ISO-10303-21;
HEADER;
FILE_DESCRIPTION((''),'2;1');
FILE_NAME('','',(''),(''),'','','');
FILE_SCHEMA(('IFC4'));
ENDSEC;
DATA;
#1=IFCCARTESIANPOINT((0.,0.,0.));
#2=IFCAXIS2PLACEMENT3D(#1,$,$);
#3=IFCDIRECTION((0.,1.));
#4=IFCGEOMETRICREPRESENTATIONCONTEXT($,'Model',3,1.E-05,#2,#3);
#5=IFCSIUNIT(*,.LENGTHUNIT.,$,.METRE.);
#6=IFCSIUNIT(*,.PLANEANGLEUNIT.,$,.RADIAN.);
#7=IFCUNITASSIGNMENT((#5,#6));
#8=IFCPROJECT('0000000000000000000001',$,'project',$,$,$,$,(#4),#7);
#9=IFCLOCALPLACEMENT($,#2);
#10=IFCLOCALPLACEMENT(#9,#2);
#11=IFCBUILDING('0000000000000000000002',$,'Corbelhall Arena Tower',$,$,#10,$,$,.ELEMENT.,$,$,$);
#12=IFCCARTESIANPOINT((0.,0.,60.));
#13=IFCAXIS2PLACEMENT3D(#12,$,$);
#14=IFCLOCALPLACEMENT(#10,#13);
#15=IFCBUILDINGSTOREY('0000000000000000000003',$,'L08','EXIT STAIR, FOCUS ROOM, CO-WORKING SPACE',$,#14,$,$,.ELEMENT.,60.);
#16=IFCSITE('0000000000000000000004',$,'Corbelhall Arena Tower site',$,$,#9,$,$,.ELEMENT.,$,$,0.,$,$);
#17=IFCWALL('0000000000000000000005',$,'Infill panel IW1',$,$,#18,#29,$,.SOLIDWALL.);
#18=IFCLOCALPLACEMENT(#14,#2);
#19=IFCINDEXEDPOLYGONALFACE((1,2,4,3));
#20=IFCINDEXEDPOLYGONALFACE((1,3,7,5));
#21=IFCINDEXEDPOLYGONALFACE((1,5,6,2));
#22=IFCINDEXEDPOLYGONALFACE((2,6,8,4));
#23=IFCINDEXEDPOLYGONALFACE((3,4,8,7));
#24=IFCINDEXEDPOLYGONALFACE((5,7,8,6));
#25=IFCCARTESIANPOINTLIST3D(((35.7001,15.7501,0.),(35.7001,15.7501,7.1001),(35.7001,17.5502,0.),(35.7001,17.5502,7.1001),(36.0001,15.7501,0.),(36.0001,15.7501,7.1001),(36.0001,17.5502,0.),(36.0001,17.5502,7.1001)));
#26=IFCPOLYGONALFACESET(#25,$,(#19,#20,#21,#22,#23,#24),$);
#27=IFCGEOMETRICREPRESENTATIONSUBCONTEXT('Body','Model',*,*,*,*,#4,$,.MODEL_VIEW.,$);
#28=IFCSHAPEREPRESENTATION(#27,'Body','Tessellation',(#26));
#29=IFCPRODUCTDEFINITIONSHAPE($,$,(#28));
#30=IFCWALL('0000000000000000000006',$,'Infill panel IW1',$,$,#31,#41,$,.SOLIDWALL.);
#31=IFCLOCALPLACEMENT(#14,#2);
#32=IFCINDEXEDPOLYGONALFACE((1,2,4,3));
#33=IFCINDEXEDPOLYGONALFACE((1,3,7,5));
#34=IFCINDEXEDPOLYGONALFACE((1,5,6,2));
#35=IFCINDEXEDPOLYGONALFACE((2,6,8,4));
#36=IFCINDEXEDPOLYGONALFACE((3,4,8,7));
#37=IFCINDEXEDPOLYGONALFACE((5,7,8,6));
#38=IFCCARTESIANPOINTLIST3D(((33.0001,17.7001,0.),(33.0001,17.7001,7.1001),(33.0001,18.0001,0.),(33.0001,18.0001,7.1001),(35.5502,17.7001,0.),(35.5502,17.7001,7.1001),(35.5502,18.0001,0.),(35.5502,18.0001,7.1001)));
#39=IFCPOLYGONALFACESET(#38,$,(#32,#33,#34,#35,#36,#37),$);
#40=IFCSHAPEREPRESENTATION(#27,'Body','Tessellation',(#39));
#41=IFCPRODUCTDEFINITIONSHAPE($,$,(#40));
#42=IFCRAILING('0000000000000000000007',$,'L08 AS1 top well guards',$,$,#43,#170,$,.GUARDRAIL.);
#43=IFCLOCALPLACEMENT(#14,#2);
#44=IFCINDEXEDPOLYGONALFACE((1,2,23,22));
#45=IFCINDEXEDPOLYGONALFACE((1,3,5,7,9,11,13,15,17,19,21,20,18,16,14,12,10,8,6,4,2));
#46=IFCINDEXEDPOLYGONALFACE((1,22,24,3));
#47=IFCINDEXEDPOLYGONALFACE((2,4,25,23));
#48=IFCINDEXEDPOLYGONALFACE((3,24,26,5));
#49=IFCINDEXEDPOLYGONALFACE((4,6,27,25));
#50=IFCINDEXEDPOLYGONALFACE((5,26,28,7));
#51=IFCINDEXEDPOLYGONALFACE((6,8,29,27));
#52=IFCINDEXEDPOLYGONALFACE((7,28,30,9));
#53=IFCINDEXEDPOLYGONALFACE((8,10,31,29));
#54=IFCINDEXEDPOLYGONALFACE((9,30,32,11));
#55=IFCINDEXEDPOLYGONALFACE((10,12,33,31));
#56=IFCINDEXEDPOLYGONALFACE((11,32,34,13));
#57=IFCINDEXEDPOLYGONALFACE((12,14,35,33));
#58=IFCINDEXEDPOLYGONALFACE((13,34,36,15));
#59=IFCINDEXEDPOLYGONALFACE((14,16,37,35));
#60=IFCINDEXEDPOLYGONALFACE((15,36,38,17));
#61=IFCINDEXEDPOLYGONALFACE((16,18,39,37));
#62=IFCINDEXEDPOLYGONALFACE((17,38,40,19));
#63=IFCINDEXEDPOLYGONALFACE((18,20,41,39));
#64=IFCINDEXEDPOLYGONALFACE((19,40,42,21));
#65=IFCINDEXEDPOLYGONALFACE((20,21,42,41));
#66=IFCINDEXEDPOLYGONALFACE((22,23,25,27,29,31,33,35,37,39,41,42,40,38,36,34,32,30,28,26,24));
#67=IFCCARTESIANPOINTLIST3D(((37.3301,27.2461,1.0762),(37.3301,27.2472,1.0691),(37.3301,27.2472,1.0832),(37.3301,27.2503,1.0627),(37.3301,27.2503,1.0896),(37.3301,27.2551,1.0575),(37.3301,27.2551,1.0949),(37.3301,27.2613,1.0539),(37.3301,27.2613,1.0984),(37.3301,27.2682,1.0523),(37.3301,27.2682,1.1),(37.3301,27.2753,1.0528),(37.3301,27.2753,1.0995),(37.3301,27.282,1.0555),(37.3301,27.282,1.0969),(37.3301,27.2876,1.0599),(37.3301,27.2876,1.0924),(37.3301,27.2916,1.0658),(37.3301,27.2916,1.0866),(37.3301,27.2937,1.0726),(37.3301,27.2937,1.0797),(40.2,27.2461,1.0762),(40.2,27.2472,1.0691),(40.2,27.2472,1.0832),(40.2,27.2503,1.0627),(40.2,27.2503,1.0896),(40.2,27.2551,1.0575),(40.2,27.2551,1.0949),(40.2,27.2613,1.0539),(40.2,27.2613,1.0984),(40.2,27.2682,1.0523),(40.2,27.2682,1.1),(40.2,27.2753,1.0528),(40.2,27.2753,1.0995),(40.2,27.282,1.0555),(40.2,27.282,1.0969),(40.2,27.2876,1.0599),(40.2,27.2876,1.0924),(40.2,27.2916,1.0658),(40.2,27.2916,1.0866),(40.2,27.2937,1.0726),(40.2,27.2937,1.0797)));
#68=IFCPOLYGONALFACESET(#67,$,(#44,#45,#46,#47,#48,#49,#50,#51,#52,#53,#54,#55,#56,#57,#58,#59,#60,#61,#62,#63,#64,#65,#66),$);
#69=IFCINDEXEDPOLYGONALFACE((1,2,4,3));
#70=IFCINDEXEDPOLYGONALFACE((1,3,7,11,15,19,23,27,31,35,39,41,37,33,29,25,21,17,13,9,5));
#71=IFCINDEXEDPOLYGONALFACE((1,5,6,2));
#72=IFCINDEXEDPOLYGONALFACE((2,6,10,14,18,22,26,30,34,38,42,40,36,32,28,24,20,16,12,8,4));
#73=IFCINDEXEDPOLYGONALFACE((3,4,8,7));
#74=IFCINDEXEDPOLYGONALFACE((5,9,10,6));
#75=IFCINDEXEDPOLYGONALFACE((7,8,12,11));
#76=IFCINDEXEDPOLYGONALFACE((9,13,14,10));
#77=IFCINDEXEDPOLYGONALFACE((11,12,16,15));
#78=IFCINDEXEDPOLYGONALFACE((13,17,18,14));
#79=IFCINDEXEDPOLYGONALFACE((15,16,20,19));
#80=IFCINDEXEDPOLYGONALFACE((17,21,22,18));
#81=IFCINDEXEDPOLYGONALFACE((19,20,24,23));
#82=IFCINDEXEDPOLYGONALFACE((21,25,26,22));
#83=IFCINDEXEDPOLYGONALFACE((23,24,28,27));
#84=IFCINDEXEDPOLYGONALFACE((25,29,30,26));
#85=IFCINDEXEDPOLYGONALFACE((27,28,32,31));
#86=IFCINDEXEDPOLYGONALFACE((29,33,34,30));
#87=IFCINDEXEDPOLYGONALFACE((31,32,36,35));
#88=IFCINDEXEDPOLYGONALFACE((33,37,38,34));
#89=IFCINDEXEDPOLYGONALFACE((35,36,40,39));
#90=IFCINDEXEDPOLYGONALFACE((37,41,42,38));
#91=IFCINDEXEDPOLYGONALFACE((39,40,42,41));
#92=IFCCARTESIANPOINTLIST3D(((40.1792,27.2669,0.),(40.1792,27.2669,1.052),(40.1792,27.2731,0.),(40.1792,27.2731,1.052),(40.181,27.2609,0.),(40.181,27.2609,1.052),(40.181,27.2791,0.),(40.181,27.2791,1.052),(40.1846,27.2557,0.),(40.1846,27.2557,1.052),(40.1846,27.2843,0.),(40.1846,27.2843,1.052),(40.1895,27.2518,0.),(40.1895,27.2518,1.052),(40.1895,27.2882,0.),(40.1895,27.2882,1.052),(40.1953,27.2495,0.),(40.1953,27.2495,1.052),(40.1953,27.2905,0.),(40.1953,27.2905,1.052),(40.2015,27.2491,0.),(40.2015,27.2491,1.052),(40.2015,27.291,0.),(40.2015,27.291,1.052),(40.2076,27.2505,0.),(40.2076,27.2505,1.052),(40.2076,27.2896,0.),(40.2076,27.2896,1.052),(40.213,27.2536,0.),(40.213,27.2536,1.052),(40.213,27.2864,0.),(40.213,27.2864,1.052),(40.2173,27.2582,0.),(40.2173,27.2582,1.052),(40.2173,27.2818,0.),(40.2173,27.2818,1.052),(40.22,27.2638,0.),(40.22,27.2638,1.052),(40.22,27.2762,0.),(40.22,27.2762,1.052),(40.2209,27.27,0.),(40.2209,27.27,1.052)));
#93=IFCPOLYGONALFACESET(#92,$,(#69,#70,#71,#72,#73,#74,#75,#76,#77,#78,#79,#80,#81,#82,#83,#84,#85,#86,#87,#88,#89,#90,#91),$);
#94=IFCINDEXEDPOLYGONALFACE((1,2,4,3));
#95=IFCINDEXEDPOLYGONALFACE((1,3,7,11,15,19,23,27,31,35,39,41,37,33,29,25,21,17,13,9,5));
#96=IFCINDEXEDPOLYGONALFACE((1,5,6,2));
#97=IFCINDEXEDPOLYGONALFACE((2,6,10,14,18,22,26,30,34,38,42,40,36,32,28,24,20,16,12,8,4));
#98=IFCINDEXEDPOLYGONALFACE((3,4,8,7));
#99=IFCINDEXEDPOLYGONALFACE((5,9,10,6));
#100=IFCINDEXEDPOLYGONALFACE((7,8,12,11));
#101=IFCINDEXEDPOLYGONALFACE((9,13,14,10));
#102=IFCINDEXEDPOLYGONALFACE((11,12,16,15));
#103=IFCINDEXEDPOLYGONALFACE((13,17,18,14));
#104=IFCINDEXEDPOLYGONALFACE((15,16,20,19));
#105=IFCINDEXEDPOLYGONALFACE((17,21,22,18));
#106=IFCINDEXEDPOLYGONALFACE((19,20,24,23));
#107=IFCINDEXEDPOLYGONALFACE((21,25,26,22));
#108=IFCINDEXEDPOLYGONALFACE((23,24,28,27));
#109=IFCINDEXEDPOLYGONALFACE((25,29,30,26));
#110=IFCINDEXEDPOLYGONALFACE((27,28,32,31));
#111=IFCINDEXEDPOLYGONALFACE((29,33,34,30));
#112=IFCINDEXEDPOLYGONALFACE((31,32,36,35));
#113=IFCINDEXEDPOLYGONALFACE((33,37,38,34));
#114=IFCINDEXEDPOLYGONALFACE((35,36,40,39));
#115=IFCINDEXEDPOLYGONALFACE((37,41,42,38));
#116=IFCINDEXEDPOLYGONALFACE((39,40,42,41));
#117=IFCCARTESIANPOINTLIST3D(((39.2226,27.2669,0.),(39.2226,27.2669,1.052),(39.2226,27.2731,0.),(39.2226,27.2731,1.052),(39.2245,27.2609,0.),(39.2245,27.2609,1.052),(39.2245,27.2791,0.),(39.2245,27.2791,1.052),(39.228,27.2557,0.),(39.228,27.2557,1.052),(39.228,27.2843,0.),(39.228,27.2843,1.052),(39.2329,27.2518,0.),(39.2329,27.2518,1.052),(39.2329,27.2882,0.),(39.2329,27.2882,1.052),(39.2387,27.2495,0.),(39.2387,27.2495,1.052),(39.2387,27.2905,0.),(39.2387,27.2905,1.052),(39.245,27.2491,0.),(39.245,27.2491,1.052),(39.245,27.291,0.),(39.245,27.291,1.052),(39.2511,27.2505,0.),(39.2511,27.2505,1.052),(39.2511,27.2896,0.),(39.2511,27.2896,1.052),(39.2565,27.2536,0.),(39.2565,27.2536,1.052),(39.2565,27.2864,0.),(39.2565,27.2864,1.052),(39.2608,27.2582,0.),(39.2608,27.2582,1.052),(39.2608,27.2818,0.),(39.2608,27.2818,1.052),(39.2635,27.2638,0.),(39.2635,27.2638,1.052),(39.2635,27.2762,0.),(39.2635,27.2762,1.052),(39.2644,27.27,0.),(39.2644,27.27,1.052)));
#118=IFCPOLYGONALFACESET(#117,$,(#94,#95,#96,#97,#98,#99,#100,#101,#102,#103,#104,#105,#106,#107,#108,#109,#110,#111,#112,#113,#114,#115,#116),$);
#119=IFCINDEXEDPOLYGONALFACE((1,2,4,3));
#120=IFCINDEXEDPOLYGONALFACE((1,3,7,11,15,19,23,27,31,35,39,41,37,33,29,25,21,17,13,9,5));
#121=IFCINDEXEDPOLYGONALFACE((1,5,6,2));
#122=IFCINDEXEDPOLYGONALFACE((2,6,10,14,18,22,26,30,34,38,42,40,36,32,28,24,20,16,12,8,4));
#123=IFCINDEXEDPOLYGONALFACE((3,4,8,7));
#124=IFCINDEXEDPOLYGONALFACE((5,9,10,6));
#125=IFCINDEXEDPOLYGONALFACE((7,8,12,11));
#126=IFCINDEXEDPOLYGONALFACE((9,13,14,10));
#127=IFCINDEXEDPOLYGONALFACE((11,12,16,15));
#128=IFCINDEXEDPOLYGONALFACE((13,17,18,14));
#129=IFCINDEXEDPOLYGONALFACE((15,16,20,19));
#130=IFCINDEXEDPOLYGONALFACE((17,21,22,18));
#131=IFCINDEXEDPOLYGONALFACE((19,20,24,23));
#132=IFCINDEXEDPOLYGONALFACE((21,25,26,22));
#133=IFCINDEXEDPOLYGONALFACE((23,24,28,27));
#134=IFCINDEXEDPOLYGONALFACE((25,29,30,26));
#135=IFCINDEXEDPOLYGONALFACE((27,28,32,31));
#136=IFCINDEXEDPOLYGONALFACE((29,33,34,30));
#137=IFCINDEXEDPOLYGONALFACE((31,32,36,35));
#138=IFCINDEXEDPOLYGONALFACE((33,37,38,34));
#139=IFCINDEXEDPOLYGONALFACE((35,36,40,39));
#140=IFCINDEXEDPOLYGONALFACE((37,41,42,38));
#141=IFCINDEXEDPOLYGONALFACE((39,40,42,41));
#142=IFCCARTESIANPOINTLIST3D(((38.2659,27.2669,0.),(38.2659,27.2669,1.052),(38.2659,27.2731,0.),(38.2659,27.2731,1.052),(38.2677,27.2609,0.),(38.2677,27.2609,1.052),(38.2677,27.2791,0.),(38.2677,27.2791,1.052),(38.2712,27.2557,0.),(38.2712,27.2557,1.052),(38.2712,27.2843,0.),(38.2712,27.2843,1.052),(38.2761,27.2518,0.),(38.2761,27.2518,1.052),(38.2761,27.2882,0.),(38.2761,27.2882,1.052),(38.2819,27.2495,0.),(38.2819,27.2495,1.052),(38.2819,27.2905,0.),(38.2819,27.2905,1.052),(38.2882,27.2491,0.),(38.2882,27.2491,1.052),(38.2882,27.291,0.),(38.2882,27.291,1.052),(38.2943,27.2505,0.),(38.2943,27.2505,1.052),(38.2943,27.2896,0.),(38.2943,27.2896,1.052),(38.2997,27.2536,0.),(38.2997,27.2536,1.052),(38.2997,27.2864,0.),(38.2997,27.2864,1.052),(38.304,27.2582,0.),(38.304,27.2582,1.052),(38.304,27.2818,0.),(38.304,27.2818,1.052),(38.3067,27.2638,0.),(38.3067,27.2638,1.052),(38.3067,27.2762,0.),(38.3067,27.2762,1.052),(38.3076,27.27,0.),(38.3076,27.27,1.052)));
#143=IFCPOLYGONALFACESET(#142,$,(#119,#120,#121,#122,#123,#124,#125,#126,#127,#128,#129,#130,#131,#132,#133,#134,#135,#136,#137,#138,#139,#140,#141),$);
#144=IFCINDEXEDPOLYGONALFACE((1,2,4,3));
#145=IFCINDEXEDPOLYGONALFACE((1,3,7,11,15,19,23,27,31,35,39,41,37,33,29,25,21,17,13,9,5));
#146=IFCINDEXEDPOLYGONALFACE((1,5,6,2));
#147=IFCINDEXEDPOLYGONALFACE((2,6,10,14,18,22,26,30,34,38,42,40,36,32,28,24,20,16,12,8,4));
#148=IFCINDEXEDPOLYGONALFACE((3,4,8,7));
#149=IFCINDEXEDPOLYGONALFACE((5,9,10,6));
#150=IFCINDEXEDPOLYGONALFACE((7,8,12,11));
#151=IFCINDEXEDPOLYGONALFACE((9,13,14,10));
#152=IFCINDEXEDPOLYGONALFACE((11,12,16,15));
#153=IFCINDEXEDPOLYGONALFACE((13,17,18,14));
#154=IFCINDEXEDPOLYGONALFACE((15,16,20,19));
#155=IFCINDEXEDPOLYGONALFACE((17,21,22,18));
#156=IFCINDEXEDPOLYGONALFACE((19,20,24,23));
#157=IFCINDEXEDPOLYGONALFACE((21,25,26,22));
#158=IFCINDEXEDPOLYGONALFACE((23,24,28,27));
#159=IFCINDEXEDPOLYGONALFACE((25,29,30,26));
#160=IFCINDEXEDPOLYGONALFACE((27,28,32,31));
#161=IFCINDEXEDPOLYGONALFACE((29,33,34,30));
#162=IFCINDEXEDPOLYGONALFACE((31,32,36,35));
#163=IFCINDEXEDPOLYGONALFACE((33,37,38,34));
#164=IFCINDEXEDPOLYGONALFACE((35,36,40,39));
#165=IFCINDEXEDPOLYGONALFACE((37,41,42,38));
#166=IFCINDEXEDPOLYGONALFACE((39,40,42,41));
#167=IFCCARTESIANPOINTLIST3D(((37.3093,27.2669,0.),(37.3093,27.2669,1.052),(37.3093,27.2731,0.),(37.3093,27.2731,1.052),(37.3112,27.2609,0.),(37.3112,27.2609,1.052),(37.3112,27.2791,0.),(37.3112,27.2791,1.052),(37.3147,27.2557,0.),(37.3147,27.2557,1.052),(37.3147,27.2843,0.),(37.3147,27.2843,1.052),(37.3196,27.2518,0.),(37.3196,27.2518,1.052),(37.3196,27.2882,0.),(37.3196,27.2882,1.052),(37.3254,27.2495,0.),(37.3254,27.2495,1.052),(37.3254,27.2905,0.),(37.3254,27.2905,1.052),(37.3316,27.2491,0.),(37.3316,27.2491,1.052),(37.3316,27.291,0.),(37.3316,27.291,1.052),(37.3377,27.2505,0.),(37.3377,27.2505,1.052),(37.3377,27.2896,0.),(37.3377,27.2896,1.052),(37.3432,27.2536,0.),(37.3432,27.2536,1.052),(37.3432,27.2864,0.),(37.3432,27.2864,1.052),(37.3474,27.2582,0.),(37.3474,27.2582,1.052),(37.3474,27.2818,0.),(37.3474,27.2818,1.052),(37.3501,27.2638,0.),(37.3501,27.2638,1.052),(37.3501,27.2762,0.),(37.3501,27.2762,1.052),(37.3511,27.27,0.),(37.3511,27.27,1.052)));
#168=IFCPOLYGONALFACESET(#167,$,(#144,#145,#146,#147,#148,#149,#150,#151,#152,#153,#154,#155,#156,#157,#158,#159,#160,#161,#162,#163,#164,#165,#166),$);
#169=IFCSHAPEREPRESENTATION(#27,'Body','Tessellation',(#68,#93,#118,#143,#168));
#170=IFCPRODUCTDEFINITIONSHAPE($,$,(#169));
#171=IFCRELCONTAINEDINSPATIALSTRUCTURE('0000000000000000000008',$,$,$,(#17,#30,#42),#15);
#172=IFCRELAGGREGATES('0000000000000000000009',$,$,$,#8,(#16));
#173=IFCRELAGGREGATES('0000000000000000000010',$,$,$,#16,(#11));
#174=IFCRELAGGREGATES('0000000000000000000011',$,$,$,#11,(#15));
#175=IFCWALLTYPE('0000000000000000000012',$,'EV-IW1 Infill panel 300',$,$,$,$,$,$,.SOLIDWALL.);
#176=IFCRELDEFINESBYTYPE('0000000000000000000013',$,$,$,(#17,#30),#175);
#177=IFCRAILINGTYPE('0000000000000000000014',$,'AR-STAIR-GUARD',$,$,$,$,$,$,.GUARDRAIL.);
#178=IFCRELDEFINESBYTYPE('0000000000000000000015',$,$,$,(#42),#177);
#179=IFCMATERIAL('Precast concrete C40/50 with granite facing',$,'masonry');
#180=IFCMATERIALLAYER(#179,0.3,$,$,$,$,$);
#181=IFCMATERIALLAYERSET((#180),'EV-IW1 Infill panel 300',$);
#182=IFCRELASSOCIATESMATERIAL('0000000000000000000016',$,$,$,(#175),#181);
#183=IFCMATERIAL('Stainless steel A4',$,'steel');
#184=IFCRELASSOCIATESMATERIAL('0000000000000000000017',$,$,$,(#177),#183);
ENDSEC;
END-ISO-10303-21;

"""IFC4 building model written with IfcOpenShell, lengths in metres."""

from ifc_helpers import new_model, si_unit, direction, frame, frame_2d, origin, origin_2d, place, context, subcontext, project, spatial, rectangle, circle, extrude, material, layer, layer_set, type_object, element, save


model = new_model("IFC4")

# Units and contexts
model_context = context("Model", 3, precision=1e-05, world=origin(), true_north=direction((0.0, 1.0)))
body_context = subcontext(model_context, "Body", "Model", "MODEL_VIEW")
ifc_project = project(units=[si_unit("LENGTHUNIT", "METRE"), si_unit("PLANEANGLEUNIT", "RADIAN")], contexts=[model_context])

# Site, building, storey
site_placement = place(None, origin())
site = spatial("IfcSite", under=ifc_project, at=site_placement, Name="Corbelhall Arena Tower site", CompositionType="ELEMENT", RefElevation=0.0)
building_placement = place(site_placement, origin())
building = spatial("IfcBuilding", under=site, at=building_placement, Name="Corbelhall Arena Tower", CompositionType="ELEMENT")
storey_placement = place(building_placement, frame((0.0, 0.0, 60.0)))
storey = spatial("IfcBuildingStorey", under=building, at=storey_placement, Name="L08", Description="EXIT STAIR, FOCUS ROOM, CO-WORKING SPACE", CompositionType="ELEMENT", Elevation=60.0)

# Shared definitions
ifc_material_1 = material(Name="Stainless steel A4", Category="steel")

# Walls
ifc_material_2 = material(Name="Precast concrete C40/50 with granite facing", Category="masonry")
ifc_layer_1 = layer(ifc_material_2, 0.3)
ifc_layer_set_1 = layer_set([ifc_layer_1], Name="EV-IW1 Infill panel 300")
wall_type_1 = type_object("IfcWallType", Name="EV-IW1 Infill panel 300", PredefinedType="SOLIDWALL", material=ifc_layer_set_1)
wall_1_placement = place(storey_placement, frame((35.8501, 17.55, 0.0), z_axis=(0.0, 0.0, 1.0), x_axis=(0.0, -1.0, 0.0)))
element("IfcWall", 1, at=wall_1_placement, inside=storey, type_object=wall_type_1, Name="Infill panel IW1", PredefinedType="SOLIDWALL", context=body_context, shape_type="SweptSolid", body=[
    extrude(rectangle(XDim=1.8, YDim=0.3, at=frame_2d((0.8999, 0.0))), origin(), (0.0, 0.0, 1.0), 7.1001),
])
wall_2_placement = place(storey_placement, frame((35.55, 17.8501, 0.0), z_axis=(0.0, 0.0, 1.0), x_axis=(-1.0, 0.0, 0.0)))
element("IfcWall", 2, at=wall_2_placement, inside=storey, type_object=wall_type_1, Name="Infill panel IW1", PredefinedType="SOLIDWALL", context=body_context, shape_type="SweptSolid", body=[
    extrude(rectangle(XDim=2.55, YDim=0.3, at=frame_2d((1.2749, 0.0))), origin(), (0.0, 0.0, 1.0), 7.1001),
])

# Railing
railing_type = type_object("IfcRailingType", Name="AR-STAIR-GUARD", PredefinedType="GUARDRAIL", material=ifc_material_1)
for number, where, name in (
    (3, (40.2, 27.27, 0.0), "L08 AS1 top well guards"),
):
    element("IfcRailing", number, at=place(storey_placement, frame(where)), inside=storey, type_object=railing_type, Name=name, PredefinedType="GUARDRAIL", context=body_context, shape_type="SweptSolid", body=[
        extrude(circle(Radius=0.0239, at=origin_2d()), frame((0.0, 0.0, 1.0762), z_axis=(-1.0, 0.0, 0.0), x_axis=(0.0, -1.0, 0.0)), (0.0, 0.0, 1.0), 2.8699),
        extrude(circle(Radius=0.021, at=origin_2d()), origin(), (0.0, 0.0, 1.0), 1.052),
        extrude(circle(Radius=0.021, at=origin_2d()), frame((-0.9565, 0.0, 0.0)), (0.0, 0.0, 1.0), 1.052),
        extrude(circle(Radius=0.021, at=origin_2d()), frame((-1.9133, 0.0, 0.0)), (0.0, 0.0, 1.0), 1.052),
        extrude(circle(Radius=0.021, at=origin_2d()), frame((-2.8699, 0.0, 0.0)), (0.0, 0.0, 1.0), 1.052),
    ])

save(model, "model.ifc")
